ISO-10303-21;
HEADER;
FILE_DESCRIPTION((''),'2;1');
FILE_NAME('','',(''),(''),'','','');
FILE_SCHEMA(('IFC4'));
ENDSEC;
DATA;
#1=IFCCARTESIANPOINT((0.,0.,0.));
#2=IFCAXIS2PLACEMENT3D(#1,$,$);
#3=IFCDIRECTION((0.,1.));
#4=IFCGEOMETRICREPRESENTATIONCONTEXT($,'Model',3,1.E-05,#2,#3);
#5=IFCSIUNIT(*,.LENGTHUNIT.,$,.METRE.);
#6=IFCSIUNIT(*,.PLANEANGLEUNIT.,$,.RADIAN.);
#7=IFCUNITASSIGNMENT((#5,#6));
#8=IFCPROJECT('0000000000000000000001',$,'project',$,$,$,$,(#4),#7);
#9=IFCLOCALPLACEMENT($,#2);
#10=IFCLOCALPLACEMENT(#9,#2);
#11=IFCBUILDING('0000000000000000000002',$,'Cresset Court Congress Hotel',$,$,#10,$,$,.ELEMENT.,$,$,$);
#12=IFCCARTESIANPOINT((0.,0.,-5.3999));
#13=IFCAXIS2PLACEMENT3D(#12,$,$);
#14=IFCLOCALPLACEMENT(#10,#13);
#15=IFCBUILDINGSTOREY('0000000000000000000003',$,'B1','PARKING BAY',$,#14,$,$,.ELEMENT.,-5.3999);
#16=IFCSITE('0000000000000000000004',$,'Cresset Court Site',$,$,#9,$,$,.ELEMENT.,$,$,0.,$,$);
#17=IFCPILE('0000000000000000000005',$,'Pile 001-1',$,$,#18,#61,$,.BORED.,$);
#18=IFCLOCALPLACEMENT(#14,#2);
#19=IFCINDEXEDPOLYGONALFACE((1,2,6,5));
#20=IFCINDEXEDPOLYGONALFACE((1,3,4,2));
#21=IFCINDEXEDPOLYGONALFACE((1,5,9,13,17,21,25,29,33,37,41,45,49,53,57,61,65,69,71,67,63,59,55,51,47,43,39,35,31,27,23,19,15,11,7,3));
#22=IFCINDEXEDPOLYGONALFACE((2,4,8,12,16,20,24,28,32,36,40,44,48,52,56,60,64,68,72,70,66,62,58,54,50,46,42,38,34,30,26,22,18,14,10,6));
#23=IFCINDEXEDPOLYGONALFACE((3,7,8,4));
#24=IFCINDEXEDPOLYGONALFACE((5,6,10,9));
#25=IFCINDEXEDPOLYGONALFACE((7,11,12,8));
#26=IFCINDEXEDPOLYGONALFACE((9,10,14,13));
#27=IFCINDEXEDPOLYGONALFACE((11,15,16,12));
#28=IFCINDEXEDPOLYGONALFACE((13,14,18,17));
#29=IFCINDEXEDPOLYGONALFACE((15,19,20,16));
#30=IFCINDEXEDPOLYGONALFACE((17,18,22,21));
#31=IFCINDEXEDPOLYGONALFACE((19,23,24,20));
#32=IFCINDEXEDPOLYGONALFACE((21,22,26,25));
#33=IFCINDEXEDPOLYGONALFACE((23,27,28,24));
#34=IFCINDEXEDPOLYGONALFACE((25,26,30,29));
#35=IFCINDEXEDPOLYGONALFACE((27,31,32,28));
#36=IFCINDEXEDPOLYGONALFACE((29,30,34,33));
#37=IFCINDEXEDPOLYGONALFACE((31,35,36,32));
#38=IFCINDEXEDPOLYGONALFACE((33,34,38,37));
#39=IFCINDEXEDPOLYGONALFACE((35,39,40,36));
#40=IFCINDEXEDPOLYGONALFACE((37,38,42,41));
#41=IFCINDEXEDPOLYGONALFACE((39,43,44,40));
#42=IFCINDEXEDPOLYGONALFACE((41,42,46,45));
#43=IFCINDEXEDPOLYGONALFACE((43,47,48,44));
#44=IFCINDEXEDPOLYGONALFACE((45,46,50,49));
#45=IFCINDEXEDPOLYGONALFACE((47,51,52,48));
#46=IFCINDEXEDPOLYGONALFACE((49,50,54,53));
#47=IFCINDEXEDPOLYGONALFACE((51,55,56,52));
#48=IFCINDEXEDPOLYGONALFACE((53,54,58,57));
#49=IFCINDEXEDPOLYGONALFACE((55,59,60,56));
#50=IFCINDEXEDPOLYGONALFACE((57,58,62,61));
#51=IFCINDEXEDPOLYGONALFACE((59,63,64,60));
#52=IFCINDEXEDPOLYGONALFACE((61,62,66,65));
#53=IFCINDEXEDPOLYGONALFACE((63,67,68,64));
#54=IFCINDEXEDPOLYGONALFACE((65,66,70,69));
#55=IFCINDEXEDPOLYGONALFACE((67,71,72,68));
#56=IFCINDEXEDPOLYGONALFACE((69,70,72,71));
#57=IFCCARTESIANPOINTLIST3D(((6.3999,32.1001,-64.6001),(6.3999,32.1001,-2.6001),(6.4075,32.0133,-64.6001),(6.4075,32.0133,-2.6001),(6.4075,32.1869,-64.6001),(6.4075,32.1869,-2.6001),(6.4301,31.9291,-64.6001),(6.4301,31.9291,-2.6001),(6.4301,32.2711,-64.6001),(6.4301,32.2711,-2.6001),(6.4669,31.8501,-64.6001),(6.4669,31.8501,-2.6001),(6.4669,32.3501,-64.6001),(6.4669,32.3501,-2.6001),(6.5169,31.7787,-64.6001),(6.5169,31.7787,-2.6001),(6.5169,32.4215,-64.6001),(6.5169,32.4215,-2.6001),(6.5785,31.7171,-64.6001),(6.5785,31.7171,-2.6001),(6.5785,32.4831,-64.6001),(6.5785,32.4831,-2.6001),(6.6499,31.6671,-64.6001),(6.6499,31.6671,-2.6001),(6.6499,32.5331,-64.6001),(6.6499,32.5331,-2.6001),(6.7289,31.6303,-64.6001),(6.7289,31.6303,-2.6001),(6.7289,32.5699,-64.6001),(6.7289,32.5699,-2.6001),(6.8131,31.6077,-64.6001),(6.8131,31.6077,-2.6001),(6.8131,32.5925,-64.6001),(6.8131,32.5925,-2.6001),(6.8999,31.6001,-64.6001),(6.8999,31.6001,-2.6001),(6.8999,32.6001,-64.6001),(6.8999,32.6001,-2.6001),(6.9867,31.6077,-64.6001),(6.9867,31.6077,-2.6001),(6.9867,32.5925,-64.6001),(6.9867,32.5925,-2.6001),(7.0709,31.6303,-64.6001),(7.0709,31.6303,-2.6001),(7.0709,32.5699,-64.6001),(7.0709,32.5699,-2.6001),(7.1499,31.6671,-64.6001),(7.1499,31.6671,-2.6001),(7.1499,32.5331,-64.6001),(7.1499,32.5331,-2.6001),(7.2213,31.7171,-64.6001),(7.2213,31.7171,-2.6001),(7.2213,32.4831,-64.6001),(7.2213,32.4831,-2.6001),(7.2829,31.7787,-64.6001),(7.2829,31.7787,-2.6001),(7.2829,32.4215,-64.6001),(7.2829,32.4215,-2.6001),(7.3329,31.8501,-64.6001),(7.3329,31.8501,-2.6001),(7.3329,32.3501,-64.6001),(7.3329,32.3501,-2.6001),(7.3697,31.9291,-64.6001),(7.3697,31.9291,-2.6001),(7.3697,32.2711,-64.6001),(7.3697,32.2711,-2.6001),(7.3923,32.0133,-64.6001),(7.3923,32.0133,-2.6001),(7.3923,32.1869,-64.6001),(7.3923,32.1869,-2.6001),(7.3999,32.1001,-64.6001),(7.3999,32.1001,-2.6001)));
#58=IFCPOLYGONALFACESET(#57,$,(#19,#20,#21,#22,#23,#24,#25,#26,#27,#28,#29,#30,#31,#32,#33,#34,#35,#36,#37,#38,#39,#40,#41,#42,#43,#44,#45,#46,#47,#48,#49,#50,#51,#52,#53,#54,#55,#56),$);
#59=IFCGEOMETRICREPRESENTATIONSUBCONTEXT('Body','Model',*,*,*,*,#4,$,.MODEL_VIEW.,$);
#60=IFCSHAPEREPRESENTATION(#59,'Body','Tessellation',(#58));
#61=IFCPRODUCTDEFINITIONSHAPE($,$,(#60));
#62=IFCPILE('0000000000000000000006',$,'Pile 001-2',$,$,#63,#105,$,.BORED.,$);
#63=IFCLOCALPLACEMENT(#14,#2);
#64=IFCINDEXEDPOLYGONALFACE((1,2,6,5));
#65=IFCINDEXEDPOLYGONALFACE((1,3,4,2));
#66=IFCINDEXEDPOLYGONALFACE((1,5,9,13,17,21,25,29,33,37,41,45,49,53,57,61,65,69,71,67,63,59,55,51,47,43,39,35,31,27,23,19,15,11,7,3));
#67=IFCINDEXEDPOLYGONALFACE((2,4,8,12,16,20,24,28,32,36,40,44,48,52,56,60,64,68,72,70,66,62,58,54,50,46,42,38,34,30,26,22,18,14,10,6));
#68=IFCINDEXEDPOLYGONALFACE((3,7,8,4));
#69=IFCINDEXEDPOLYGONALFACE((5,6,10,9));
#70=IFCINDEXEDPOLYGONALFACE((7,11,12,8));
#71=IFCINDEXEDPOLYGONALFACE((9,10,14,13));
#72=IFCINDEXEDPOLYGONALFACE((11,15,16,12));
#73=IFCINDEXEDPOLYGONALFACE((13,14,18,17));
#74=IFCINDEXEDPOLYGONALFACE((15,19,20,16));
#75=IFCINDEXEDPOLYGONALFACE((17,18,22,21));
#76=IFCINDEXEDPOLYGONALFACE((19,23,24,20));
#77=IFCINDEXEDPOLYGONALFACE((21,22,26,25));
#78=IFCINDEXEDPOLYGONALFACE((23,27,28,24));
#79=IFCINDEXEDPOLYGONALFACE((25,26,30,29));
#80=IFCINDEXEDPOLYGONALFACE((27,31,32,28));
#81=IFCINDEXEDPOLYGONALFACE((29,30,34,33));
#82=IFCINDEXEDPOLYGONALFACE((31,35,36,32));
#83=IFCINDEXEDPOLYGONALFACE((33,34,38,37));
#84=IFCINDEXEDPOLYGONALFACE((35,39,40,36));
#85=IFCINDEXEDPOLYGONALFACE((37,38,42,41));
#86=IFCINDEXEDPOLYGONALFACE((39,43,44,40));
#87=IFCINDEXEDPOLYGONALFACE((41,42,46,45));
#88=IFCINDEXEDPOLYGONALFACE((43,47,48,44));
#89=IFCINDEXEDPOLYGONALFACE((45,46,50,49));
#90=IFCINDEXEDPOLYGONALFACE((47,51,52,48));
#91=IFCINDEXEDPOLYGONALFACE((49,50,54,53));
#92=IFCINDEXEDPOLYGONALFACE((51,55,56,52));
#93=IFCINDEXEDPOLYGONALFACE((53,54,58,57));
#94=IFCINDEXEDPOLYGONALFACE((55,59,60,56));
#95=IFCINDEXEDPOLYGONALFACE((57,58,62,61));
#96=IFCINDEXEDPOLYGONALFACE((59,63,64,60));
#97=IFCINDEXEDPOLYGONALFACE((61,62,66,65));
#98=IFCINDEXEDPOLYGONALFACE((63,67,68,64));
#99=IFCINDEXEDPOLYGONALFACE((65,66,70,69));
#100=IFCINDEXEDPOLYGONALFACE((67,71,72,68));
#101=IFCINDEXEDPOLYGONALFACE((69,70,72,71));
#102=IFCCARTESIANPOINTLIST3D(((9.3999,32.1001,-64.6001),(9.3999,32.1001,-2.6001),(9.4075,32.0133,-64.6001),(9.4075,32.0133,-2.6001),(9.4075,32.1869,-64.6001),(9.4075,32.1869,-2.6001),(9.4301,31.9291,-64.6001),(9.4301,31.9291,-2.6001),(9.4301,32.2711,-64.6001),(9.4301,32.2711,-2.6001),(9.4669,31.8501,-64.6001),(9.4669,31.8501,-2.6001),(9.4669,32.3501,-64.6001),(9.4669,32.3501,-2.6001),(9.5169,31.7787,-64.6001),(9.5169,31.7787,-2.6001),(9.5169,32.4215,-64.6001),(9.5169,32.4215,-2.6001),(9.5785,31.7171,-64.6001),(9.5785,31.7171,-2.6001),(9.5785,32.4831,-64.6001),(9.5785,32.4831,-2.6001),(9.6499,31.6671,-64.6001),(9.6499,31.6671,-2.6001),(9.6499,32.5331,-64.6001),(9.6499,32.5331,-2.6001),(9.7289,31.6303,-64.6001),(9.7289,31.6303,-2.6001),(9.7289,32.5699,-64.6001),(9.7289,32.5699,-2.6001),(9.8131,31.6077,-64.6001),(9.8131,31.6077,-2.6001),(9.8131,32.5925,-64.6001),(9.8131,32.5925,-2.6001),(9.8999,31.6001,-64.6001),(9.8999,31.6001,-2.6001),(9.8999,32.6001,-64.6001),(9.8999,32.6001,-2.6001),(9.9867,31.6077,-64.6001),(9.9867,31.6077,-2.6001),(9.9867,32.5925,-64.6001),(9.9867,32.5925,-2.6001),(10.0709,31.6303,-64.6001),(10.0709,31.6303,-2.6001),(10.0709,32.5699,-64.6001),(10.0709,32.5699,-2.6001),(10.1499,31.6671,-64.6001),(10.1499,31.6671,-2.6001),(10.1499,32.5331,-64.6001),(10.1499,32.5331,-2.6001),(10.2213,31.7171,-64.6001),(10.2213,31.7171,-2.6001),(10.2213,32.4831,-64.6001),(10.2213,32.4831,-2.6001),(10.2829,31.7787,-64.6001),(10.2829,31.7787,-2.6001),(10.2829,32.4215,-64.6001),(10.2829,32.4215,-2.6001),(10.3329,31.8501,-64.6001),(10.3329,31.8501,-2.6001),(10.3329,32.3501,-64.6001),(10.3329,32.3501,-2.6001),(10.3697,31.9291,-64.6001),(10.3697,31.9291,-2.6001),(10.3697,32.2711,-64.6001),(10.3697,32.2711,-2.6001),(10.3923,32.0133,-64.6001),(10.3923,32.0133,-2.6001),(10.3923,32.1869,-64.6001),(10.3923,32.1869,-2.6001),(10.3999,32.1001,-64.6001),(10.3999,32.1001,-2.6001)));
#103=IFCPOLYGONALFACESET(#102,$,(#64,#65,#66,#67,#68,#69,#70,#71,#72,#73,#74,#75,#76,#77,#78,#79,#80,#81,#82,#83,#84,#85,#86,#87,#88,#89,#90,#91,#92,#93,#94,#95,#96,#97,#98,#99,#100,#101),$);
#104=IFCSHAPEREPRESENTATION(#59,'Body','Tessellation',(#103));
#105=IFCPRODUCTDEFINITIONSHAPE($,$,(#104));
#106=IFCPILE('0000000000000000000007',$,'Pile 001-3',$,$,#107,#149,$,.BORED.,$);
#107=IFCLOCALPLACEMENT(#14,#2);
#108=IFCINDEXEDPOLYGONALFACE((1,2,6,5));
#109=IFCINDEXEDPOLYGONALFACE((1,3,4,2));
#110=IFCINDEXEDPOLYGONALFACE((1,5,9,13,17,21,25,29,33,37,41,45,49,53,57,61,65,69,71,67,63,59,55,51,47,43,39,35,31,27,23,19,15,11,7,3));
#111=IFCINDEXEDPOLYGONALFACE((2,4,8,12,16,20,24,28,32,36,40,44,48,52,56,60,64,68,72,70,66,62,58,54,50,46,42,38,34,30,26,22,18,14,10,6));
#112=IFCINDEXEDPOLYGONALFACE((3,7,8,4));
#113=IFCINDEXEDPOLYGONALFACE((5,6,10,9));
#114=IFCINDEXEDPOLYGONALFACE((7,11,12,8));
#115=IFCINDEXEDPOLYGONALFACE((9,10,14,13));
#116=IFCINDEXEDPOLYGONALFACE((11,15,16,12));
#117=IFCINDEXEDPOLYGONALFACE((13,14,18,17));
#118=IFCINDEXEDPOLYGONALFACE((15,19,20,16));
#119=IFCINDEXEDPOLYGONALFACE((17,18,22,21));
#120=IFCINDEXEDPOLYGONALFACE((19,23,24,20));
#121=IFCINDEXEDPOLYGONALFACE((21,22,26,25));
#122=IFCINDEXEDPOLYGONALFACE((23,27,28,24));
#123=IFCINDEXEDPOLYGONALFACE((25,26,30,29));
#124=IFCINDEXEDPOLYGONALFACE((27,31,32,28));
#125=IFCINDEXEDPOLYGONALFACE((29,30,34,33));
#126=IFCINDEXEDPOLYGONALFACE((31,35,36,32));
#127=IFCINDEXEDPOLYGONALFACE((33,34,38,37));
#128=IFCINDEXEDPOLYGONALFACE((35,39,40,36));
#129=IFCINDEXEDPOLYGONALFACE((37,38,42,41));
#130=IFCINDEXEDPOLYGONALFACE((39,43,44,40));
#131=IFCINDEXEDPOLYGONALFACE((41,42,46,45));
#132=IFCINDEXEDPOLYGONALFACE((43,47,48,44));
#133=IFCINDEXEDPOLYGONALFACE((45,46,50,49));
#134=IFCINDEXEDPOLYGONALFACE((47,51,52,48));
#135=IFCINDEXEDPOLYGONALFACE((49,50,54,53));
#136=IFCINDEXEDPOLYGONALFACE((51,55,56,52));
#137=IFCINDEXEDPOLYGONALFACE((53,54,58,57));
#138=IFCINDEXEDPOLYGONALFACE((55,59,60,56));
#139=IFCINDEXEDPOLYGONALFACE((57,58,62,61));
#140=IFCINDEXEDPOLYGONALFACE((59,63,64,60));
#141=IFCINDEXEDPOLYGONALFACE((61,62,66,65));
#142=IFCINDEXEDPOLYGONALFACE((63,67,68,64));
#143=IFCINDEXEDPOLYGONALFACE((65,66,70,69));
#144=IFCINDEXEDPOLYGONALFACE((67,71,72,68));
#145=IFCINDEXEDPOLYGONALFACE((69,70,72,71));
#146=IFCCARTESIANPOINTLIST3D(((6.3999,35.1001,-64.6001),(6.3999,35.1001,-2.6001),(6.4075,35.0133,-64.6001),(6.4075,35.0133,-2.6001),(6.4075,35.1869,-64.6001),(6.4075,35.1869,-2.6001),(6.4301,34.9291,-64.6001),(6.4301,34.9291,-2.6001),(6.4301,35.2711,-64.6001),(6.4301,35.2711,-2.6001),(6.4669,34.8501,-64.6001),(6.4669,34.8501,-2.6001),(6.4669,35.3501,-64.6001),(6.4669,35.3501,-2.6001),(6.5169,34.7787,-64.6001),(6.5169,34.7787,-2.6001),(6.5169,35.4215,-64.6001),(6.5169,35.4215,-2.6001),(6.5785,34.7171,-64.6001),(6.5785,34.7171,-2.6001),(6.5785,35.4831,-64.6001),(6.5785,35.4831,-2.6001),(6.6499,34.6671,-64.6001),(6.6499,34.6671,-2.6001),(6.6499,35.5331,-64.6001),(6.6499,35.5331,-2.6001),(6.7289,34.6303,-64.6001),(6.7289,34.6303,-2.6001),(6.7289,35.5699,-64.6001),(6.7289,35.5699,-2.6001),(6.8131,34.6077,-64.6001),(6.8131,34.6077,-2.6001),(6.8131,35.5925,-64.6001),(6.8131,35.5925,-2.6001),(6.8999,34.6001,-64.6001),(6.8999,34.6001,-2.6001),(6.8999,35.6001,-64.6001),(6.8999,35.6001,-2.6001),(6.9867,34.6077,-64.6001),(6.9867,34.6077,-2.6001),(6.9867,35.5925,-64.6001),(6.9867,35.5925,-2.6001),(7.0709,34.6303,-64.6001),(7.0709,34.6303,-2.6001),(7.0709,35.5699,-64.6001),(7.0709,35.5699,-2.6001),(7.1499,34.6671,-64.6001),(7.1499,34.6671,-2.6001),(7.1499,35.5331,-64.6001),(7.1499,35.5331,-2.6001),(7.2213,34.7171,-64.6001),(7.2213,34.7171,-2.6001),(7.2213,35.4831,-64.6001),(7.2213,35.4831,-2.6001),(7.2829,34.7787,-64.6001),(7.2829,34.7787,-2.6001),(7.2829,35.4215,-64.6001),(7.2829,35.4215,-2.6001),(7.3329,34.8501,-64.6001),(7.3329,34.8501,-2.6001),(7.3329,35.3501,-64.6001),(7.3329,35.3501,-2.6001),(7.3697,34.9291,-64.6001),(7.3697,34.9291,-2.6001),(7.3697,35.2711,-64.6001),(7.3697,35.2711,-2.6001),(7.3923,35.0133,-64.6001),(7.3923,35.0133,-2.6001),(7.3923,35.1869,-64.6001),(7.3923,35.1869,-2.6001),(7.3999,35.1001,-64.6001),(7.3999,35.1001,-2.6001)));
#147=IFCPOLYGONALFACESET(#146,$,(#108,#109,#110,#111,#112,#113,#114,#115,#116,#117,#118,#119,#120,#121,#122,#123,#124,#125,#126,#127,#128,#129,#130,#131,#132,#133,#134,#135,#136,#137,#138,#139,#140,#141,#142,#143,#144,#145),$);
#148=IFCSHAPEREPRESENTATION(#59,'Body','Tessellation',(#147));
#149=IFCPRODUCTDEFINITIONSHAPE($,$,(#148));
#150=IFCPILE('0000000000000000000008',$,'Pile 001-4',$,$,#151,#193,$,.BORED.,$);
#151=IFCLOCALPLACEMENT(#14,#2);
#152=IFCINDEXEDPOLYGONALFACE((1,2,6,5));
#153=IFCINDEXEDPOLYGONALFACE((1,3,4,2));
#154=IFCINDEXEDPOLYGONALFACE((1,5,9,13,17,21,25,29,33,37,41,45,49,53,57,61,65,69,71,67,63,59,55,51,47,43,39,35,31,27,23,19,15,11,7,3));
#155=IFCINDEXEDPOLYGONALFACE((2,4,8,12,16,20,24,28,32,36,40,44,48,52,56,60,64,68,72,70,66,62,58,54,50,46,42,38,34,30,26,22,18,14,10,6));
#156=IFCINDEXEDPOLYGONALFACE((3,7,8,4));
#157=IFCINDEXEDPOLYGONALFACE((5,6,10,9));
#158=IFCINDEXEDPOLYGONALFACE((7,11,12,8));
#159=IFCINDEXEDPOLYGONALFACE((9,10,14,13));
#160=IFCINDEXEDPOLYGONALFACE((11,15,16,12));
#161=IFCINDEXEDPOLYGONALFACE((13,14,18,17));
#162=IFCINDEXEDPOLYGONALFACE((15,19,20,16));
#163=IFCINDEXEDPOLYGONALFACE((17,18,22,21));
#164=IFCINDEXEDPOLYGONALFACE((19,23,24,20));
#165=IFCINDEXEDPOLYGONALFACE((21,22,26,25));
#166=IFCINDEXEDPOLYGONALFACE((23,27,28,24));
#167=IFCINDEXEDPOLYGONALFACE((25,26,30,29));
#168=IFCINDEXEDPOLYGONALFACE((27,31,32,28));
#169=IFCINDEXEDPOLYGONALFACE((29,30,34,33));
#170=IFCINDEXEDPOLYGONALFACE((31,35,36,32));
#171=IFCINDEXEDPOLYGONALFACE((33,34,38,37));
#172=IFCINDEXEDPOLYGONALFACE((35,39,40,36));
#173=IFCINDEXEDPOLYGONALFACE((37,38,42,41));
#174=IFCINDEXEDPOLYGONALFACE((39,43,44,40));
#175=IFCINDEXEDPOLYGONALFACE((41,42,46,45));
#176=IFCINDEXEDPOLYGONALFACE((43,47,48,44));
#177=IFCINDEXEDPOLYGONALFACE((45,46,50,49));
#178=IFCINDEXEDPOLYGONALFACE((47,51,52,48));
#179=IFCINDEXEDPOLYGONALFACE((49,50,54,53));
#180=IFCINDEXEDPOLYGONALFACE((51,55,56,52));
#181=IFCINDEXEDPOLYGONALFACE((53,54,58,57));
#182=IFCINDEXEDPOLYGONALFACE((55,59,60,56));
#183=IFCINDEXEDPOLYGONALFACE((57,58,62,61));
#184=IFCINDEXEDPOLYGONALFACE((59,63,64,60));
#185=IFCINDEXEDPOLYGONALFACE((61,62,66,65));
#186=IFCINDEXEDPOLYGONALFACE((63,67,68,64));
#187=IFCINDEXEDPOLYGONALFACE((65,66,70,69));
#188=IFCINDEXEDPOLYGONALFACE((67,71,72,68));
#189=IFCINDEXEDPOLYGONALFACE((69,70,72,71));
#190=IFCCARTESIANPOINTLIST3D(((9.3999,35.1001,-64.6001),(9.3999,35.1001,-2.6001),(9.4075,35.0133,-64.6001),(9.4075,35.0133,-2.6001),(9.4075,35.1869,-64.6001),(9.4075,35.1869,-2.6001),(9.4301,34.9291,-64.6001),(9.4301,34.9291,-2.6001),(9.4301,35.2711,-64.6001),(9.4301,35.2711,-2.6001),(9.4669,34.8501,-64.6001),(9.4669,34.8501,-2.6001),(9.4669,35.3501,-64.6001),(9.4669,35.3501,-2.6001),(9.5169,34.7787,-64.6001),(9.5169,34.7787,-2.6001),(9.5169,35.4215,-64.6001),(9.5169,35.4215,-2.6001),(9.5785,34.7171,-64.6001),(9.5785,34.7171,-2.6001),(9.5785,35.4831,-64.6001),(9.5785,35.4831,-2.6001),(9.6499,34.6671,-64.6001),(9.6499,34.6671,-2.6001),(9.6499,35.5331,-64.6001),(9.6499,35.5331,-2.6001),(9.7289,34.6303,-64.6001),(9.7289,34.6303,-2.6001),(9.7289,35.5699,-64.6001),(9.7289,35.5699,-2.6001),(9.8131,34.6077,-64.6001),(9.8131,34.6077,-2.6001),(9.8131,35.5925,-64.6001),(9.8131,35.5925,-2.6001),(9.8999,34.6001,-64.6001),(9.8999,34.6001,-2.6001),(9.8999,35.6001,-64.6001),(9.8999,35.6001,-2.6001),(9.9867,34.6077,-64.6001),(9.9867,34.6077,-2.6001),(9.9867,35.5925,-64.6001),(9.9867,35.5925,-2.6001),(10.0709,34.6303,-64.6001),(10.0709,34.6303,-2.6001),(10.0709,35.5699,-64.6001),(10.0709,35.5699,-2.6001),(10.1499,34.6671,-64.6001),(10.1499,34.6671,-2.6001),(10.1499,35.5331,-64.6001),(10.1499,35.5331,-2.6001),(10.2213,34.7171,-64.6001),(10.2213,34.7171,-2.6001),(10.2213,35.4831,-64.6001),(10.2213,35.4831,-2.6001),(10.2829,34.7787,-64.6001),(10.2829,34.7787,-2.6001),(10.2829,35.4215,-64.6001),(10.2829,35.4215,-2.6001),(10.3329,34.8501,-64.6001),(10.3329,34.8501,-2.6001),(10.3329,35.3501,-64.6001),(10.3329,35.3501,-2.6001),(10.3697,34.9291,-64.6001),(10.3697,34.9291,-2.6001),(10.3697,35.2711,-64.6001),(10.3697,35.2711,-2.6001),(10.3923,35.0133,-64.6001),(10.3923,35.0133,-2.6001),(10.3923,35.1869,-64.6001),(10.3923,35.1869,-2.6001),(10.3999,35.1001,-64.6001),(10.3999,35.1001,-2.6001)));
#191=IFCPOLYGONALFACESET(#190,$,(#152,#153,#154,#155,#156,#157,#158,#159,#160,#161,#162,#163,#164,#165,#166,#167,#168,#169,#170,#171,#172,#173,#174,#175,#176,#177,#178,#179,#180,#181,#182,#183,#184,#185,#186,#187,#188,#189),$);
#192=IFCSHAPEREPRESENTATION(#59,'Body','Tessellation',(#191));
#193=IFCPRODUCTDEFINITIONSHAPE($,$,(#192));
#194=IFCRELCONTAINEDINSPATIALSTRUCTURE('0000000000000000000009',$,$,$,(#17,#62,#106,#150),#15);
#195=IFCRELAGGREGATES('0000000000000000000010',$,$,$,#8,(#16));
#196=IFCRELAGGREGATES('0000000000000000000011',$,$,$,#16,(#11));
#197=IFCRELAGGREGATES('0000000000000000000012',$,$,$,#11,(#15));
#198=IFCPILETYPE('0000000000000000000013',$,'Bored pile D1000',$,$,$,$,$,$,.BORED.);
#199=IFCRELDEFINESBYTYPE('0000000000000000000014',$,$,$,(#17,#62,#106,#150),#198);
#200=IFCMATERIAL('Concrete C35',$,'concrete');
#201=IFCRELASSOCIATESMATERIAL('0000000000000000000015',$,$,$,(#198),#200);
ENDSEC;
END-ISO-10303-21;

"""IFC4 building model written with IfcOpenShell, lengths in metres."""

from ifc_helpers import new_model, si_unit, direction, frame, origin, origin_2d, place, context, subcontext, project, spatial, circle, extrude, material, type_object, element, save


model = new_model("IFC4")

# Units and contexts
model_context = context("Model", 3, precision=1e-05, world=origin(), true_north=direction((0.0, 1.0)))
body_context = subcontext(model_context, "Body", "Model", "MODEL_VIEW")
ifc_project = project(units=[si_unit("LENGTHUNIT", "METRE"), si_unit("PLANEANGLEUNIT", "RADIAN")], contexts=[model_context])

# Site, building, storey
site_placement = place(None, origin())
site = spatial("IfcSite", under=ifc_project, at=site_placement, Name="Cresset Court Site", CompositionType="ELEMENT", RefElevation=0.0)
building_placement = place(site_placement, origin())
building = spatial("IfcBuilding", under=site, at=building_placement, Name="Cresset Court Congress Hotel", CompositionType="ELEMENT")
storey_placement = place(building_placement, frame((0.0, 0.0, -5.3999)))
storey = spatial("IfcBuildingStorey", under=building, at=storey_placement, Name="B1", Description="PARKING BAY", CompositionType="ELEMENT", Elevation=-5.3999)

# Piles
ifc_material_1 = material(Name="Concrete C35", Category="concrete")
pile_type = type_object("IfcPileType", Name="Bored pile D1000", PredefinedType="BORED", material=ifc_material_1)
for number, where, z_axis, x_axis, name in (
    (1, (6.8999, 32.1001, -2.6001), (0.0, 0.0, -1.0), (1.0, 0.0, 0.0), "Pile 001-1"),
    (2, (9.8999, 32.1001, -2.6001), (0.0, 0.0, -1.0), (1.0, 0.0, 0.0), "Pile 001-2"),
    (3, (6.8999, 35.1001, -2.6001), (0.0, 0.0, -1.0), (1.0, 0.0, 0.0), "Pile 001-3"),
    (4, (9.8999, 35.1001, -2.6001), (0.0, 0.0, -1.0), (1.0, 0.0, 0.0), "Pile 001-4"),
):
    element("IfcPile", number, at=place(storey_placement, frame(where, z_axis=z_axis, x_axis=x_axis)), inside=storey, type_object=pile_type, Name=name, PredefinedType="BORED", context=body_context, shape_type="SweptSolid", body=[
        extrude(circle(Radius=0.5, at=origin_2d()), origin(), (0.0, 0.0, 1.0), 62.0),
    ])

save(model, "model.ifc")
